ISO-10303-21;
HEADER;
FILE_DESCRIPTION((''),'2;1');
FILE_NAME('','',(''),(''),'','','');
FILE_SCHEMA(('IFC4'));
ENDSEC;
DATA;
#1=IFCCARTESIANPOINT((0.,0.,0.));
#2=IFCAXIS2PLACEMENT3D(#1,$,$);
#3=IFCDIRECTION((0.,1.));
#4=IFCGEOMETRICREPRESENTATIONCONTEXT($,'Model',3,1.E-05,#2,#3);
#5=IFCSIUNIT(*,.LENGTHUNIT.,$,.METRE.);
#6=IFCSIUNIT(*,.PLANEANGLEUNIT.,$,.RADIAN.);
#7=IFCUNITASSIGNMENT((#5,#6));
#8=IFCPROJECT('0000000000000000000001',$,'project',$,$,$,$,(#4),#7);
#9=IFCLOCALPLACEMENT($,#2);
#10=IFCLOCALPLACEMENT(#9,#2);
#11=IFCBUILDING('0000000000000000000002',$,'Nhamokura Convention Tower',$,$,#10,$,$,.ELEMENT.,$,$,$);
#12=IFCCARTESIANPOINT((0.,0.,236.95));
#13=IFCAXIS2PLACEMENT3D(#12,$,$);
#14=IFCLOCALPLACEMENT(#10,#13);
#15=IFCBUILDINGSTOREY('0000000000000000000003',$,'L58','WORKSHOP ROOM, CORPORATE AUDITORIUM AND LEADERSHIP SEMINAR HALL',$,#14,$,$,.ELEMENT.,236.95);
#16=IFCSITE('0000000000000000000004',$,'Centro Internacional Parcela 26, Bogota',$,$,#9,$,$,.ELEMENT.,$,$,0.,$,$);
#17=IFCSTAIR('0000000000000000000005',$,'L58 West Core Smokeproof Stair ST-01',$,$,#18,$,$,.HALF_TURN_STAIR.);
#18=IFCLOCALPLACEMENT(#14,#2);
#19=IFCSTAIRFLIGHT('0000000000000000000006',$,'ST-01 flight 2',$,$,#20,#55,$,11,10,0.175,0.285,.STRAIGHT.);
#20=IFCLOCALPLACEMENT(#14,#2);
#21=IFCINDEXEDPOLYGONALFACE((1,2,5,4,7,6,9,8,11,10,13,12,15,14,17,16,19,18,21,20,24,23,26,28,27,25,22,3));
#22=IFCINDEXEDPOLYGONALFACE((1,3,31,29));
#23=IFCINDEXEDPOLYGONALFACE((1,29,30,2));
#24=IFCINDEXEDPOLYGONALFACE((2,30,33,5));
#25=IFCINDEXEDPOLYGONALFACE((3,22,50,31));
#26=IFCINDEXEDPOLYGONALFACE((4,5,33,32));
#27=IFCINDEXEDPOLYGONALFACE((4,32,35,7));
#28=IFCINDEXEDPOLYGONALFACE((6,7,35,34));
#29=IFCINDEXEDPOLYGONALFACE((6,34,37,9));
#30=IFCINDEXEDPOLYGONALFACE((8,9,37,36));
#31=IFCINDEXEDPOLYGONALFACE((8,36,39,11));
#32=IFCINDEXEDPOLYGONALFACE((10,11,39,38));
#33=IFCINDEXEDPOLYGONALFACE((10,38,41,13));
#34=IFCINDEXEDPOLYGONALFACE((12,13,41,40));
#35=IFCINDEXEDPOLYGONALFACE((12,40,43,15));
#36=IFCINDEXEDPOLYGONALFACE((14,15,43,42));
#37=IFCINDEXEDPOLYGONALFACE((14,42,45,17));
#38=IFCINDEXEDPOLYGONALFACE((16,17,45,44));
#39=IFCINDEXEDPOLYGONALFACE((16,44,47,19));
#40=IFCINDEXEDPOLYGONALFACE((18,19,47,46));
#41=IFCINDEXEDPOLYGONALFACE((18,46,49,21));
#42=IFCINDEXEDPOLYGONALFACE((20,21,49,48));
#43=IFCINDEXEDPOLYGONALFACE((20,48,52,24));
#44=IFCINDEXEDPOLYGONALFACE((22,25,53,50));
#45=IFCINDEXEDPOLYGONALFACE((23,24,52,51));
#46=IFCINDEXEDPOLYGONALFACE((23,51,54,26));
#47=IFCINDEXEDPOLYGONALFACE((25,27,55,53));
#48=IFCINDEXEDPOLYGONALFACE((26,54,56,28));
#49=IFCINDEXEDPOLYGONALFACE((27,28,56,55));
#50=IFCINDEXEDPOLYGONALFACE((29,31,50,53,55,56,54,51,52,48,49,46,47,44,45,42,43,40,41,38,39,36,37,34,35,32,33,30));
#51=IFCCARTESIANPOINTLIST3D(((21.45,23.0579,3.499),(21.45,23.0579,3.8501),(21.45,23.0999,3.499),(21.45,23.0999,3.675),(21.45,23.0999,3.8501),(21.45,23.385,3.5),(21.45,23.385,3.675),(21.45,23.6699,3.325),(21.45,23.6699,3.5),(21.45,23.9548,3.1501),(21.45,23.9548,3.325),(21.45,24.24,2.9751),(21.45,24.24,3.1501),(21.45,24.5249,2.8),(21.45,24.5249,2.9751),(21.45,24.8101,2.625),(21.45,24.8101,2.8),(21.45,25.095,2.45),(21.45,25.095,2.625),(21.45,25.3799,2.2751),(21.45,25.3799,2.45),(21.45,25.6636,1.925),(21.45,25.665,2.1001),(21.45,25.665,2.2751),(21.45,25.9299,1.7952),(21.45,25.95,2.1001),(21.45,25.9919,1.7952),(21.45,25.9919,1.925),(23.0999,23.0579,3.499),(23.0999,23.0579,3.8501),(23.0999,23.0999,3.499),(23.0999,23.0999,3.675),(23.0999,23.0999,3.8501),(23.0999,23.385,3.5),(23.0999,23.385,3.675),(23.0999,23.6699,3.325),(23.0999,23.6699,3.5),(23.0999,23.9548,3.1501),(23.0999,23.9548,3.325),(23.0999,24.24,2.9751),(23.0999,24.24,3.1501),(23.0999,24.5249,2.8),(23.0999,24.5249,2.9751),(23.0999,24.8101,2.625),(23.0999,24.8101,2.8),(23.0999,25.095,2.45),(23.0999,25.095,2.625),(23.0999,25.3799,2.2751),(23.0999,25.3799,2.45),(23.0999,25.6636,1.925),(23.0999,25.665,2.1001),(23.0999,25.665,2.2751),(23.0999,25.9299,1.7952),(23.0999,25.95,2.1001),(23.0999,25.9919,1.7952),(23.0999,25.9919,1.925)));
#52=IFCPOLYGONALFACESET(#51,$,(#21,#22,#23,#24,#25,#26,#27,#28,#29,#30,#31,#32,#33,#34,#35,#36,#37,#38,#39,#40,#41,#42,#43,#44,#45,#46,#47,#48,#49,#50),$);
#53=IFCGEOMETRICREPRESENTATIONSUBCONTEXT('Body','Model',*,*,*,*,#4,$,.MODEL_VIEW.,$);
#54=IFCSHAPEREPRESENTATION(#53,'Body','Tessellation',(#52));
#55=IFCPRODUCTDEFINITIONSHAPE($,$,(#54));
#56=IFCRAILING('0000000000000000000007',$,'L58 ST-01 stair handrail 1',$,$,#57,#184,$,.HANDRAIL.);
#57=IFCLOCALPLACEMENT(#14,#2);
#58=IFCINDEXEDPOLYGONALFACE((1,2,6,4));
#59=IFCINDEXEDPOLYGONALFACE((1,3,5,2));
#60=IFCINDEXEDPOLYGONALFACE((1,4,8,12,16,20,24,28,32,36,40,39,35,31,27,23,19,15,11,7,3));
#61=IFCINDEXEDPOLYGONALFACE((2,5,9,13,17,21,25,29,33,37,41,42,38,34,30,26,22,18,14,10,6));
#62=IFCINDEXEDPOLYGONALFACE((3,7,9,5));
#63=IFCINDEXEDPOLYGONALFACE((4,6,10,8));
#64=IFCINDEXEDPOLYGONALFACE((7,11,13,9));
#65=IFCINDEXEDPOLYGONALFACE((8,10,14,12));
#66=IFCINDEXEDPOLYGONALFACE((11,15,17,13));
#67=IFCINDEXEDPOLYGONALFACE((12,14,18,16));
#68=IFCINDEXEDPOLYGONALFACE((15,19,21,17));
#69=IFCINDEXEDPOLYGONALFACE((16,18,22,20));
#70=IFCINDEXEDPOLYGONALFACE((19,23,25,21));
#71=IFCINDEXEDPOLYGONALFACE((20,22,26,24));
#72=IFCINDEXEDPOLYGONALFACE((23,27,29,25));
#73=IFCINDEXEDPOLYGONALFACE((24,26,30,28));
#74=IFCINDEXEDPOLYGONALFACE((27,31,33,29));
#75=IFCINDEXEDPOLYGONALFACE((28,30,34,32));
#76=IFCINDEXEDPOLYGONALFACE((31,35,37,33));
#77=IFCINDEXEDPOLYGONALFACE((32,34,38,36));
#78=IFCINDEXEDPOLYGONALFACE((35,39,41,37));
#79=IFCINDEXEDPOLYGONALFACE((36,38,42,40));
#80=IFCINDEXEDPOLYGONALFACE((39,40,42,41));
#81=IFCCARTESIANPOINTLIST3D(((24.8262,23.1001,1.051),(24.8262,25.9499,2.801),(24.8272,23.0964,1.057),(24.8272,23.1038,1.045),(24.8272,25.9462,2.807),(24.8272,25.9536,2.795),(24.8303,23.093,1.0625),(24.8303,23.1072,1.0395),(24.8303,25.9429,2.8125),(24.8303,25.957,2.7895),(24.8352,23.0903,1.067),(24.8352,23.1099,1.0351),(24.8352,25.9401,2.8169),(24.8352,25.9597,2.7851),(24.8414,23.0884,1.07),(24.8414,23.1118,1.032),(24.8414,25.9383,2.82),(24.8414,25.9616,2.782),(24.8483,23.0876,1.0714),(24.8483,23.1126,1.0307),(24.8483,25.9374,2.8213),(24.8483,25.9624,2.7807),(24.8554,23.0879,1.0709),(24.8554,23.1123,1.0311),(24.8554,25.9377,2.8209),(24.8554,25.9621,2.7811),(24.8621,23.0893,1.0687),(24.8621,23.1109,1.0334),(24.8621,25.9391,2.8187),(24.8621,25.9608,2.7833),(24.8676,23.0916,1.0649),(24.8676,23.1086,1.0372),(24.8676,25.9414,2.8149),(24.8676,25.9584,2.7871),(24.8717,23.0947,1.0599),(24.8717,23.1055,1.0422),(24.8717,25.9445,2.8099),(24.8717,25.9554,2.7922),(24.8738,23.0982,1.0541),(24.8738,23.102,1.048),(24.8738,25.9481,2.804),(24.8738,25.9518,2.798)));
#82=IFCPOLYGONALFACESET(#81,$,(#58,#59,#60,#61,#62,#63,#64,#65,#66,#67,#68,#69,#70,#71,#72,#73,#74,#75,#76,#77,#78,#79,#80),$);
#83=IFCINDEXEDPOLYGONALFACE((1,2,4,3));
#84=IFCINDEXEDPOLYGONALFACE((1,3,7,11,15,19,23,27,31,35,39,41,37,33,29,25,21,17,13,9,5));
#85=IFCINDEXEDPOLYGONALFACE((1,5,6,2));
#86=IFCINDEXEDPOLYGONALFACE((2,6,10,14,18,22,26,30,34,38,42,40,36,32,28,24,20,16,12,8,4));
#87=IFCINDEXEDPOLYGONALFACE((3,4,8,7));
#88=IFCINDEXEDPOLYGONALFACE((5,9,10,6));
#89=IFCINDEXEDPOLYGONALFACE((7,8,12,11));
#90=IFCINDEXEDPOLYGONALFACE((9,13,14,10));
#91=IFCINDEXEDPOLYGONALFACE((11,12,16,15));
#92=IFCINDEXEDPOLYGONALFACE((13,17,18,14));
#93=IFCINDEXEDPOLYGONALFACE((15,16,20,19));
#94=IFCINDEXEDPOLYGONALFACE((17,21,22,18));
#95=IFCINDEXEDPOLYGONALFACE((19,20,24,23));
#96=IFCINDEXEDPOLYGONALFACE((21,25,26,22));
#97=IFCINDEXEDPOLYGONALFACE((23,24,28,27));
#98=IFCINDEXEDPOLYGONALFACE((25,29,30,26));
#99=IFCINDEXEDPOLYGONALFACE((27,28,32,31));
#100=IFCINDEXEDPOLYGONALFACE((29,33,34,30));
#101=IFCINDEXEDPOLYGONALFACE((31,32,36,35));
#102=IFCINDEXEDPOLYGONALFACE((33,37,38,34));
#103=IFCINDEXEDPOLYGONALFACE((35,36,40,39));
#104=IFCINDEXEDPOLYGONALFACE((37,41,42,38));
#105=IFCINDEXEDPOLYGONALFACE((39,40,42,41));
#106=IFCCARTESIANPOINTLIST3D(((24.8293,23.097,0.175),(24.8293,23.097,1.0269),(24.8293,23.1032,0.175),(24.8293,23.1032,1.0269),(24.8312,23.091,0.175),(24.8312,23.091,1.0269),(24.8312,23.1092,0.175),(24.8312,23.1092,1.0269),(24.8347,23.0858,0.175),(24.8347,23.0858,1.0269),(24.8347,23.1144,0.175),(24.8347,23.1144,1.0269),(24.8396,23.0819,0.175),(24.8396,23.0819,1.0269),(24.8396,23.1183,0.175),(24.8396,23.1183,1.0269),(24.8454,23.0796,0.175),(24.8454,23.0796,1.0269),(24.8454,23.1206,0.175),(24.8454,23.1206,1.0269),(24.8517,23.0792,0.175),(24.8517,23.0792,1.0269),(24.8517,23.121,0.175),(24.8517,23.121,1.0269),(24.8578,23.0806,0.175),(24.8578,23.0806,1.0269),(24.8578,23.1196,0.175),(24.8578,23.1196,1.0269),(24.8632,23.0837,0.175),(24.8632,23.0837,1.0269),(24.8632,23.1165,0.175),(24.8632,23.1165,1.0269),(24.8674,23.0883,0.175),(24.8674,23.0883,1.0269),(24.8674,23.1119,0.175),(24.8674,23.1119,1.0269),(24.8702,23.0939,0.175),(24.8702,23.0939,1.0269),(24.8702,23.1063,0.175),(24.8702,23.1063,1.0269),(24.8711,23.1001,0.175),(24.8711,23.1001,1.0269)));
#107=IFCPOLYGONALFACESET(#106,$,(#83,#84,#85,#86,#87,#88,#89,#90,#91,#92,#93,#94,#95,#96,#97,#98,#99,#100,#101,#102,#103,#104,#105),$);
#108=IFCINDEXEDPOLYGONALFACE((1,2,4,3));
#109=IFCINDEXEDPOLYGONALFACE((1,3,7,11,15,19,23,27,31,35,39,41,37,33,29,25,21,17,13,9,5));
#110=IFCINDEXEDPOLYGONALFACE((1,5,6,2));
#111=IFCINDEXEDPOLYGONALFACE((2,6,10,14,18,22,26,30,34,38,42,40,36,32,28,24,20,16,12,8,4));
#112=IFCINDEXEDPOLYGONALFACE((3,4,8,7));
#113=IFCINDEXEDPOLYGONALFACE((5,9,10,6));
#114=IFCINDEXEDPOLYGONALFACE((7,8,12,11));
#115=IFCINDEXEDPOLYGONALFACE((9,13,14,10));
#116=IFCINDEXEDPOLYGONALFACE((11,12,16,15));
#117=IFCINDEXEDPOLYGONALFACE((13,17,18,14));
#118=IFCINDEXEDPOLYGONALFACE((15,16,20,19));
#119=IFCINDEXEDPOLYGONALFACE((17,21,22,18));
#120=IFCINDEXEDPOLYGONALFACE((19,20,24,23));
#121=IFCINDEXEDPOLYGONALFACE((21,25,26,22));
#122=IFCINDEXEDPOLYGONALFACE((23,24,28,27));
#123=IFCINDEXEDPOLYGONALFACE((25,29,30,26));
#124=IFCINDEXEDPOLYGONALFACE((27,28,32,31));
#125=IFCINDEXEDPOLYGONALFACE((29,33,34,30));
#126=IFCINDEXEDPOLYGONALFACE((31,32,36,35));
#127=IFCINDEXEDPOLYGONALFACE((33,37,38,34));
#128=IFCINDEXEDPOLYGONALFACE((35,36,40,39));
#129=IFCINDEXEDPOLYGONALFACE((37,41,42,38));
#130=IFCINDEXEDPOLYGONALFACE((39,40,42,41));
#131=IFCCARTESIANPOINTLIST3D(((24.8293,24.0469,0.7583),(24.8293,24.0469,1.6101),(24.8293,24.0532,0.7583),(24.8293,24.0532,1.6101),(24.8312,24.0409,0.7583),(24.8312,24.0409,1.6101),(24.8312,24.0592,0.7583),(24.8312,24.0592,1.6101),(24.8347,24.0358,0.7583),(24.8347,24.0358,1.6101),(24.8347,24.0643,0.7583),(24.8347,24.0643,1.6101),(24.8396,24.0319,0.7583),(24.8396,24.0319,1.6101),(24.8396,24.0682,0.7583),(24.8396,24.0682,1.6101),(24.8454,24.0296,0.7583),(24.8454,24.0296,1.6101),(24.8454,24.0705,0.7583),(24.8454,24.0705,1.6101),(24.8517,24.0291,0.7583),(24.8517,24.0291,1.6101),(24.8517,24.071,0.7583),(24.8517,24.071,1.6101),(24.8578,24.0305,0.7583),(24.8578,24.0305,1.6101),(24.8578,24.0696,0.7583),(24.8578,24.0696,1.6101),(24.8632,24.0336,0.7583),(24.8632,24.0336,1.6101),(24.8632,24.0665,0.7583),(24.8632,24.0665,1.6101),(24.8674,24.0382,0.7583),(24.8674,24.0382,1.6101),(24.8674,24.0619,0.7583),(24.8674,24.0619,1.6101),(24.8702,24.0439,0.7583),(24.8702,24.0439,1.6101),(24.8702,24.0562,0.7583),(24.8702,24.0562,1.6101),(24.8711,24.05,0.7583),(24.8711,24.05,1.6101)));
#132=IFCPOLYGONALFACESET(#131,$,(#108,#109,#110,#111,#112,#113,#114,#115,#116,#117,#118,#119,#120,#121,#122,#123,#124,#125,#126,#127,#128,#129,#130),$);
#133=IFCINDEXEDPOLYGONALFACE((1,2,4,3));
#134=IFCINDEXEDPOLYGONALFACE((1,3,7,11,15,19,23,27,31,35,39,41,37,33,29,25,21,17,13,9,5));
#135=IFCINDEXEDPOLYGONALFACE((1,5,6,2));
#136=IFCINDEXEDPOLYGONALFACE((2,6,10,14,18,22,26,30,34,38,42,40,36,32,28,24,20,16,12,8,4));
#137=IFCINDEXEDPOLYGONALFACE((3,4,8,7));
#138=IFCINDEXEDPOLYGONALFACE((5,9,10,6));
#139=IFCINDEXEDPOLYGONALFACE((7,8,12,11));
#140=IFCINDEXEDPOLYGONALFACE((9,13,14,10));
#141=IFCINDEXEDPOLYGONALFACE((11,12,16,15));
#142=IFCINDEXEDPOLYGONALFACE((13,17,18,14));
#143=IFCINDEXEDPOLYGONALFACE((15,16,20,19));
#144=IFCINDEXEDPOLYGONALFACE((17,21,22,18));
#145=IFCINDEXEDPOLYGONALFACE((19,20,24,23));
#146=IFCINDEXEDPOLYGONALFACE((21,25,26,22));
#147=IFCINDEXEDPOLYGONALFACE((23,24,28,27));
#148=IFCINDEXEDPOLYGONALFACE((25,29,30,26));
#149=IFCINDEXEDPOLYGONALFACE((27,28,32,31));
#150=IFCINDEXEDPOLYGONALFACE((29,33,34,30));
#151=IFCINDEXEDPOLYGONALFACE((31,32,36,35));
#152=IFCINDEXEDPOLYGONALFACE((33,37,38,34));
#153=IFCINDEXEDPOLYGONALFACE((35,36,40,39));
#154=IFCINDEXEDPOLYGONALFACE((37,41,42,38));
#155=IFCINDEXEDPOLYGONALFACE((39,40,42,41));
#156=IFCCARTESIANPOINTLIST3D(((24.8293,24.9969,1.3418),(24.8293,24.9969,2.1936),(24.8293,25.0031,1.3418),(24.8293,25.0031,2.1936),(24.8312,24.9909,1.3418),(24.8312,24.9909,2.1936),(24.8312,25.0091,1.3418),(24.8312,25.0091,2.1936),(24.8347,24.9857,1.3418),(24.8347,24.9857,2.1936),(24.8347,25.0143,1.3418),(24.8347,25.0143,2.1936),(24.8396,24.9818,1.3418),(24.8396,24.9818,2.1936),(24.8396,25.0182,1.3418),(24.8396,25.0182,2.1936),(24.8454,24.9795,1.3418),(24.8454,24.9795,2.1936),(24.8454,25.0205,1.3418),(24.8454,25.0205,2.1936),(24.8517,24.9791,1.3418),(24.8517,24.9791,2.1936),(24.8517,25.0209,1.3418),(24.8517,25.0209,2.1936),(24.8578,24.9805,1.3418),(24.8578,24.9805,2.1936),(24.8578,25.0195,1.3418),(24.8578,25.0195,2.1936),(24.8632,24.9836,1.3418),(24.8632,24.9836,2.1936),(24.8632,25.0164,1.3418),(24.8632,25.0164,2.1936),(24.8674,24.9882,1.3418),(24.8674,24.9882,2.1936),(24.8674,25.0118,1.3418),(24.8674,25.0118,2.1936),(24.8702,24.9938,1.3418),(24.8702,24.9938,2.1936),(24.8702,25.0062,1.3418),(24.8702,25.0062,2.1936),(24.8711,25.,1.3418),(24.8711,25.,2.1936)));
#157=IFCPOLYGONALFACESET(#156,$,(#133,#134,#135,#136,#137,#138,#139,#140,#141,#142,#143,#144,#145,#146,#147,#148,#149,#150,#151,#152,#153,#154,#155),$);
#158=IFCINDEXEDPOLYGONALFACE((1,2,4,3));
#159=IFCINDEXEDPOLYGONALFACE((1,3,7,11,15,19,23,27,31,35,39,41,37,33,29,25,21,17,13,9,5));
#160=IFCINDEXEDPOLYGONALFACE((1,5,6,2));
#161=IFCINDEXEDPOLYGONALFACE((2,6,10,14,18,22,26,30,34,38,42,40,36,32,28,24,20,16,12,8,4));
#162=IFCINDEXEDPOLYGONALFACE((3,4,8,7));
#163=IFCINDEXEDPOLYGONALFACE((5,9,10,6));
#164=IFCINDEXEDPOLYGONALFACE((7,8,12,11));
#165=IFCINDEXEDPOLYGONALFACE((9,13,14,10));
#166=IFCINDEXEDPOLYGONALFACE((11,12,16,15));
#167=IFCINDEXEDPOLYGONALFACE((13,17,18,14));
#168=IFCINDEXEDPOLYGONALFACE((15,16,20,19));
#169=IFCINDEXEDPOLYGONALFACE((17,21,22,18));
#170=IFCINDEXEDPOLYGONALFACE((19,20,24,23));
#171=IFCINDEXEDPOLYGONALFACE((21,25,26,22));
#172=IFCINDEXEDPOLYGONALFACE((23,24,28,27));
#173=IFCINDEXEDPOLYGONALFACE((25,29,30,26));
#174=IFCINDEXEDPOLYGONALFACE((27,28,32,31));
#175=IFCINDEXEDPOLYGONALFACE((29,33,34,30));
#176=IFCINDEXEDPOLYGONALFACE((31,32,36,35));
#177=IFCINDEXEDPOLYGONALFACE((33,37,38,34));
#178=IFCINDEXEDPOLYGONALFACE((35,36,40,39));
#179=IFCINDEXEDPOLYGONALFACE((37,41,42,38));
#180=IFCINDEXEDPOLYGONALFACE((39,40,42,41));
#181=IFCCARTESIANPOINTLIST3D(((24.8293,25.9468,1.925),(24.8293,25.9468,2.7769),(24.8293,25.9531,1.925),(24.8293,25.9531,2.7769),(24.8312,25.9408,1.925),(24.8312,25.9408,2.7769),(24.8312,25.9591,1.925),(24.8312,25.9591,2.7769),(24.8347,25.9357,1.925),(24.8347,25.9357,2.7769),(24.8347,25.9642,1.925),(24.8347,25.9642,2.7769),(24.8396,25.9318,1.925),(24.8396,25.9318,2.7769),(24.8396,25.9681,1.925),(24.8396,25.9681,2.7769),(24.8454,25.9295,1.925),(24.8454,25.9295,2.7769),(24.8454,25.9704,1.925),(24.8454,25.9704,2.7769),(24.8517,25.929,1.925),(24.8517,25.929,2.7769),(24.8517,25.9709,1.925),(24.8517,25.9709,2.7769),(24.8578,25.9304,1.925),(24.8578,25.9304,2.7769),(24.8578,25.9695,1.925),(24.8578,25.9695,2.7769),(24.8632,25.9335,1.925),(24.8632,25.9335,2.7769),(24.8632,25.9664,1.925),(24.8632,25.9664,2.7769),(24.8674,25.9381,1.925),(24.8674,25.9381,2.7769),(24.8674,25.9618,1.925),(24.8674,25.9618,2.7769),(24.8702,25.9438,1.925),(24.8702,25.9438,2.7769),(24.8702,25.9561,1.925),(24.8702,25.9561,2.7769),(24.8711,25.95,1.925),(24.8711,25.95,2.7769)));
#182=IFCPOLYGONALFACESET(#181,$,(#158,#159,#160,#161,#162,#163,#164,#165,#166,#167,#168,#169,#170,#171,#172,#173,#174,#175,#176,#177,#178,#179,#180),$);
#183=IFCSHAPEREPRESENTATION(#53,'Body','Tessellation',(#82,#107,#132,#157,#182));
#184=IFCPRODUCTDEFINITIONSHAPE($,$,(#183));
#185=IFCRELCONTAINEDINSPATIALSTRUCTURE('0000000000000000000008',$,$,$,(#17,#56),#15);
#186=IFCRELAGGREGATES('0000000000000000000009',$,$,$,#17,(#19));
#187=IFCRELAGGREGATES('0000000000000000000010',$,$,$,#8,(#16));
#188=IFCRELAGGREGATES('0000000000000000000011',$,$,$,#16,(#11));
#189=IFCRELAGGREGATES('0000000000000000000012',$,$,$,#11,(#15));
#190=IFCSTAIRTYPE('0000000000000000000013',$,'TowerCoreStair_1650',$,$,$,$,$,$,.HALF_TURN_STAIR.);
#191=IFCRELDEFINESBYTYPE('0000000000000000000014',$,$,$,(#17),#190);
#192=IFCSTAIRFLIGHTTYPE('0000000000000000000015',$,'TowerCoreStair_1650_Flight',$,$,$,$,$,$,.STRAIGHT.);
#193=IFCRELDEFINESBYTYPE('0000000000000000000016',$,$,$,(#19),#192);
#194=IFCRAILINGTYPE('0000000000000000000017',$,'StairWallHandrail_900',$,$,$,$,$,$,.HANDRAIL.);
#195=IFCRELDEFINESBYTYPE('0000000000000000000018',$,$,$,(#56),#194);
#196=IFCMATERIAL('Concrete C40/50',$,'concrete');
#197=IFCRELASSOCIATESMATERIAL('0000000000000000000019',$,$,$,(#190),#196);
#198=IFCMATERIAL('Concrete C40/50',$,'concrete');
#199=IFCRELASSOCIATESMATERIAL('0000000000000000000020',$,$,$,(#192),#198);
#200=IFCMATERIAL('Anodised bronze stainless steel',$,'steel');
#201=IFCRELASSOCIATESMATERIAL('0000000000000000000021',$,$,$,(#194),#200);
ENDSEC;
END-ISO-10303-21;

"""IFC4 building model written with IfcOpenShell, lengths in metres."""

from ifc_helpers import new_model, si_unit, direction, frame, origin, origin_2d, place, context, subcontext, project, spatial, polyline, circle, outline, extrude, material, type_object, element, aggregate, save


model = new_model("IFC4")

# Units and contexts
model_context = context("Model", 3, precision=1e-05, world=origin(), true_north=direction((0.0, 1.0)))
body_context = subcontext(model_context, "Body", "Model", "MODEL_VIEW")
ifc_project = project(units=[si_unit("LENGTHUNIT", "METRE"), si_unit("PLANEANGLEUNIT", "RADIAN")], contexts=[model_context])

# Site, building, storey
site_placement = place(None, origin())
site = spatial("IfcSite", under=ifc_project, at=site_placement, Name="Centro Internacional Parcela 26, Bogota", CompositionType="ELEMENT", RefElevation=0.0)
building_placement = place(site_placement, origin())
building = spatial("IfcBuilding", under=site, at=building_placement, Name="Nhamokura Convention Tower", CompositionType="ELEMENT")
storey_placement = place(building_placement, frame((0.0, 0.0, 236.95)))
storey = spatial("IfcBuildingStorey", under=building, at=storey_placement, Name="L58", Description="WORKSHOP ROOM, CORPORATE AUDITORIUM AND LEADERSHIP SEMINAR HALL", CompositionType="ELEMENT", Elevation=236.95)

# Stair, stair flight
ifc_material_1 = material(Name="Concrete C40/50", Category="concrete")
stair_type = type_object("IfcStairType", Name="TowerCoreStair_1650", PredefinedType="HALF_TURN_STAIR", material=ifc_material_1)
stair_placement = place(storey_placement, origin())
stair = element("IfcStair", 1, at=stair_placement, inside=storey, type_object=stair_type, Name="L58 West Core Smokeproof Stair ST-01", PredefinedType="HALF_TURN_STAIR")
ifc_material_2 = material(Name="Concrete C40/50", Category="concrete")
stair_flight_type = type_object("IfcStairFlightType", Name="TowerCoreStair_1650_Flight", PredefinedType="STRAIGHT", material=ifc_material_2)
stair_flight_1_placement = place(storey_placement, frame((22.2749, 25.95, 1.925), z_axis=(0.0, 0.0, 1.0), x_axis=(0.0, -1.0, 0.0)))
stair_flight_1 = element("IfcStairFlight", 2, at=stair_flight_1_placement, type_object=stair_flight_type, Name="ST-01 flight 2", NumberOfRisers=11, NumberOfTreads=10, PredefinedType="STRAIGHT", RiserHeight=0.175, TreadLength=0.285, context=body_context, shape_type="SweptSolid", body=[
    extrude(outline(polyline([(-0.042, 0.0), (0.0, 0.175), (0.2849, 0.175), (0.2849, 0.3501), (0.5701, 0.3501), (0.5701, 0.5249), (0.855, 0.5249), (0.855, 0.7), (1.1399, 0.7), (1.1399, 0.875), (1.425, 0.875), (1.425, 1.05), (1.71, 1.05), (1.71, 1.2251), (1.9951, 1.2251), (1.9951, 1.3999), (2.28, 1.3999), (2.28, 1.575), (2.5649, 1.575), (2.5649, 1.75), (2.8501, 1.75), (2.8501, 1.925), (2.8921, 1.925), (2.8921, 1.574), (2.8501, 1.574), (0.2864, 0.0), (0.02, -0.1299), (-0.042, -0.1299), (-0.042, 0.0)])), frame((0.0, 0.825, 0.0), z_axis=(0.0, -1.0, 0.0), x_axis=(1.0, 0.0, 0.0)), (0.0, 0.0, 1.0), 1.6499),
])
aggregate(stair, [stair_flight_1])

# Railing
ifc_material_3 = material(Name="Anodised bronze stainless steel", Category="steel")
railing_type_1 = type_object("IfcRailingType", Name="StairWallHandrail_900", PredefinedType="HANDRAIL", material=ifc_material_3)
railing_1_placement = place(storey_placement, frame((24.8501, 23.1001, 0.175)))
element("IfcRailing", 3, at=railing_1_placement, inside=storey, type_object=railing_type_1, Name="L58 ST-01 stair handrail 1", PredefinedType="HANDRAIL", context=body_context, shape_type="SweptSolid", body=[
    extrude(circle(Radius=0.0239, at=origin_2d()), frame((0.0, 0.0, 0.876), z_axis=(0.0, 0.852159, 0.523283), x_axis=(-1.0, 0.0, 0.0)), (0.0, 0.0, 1.0), 3.3442),
    extrude(circle(Radius=0.021, at=origin_2d()), origin(), (0.0, 0.0, 1.0), 0.8518),
    extrude(circle(Radius=0.021, at=origin_2d()), frame((0.0, 0.95, 0.5833)), (0.0, 0.0, 1.0), 0.8518),
    extrude(circle(Radius=0.021, at=origin_2d()), frame((0.0, 1.8999, 1.1667)), (0.0, 0.0, 1.0), 0.8518),
    extrude(circle(Radius=0.021, at=origin_2d()), frame((0.0, 2.8499, 1.75)), (0.0, 0.0, 1.0), 0.8518),
])

save(model, "model.ifc")
